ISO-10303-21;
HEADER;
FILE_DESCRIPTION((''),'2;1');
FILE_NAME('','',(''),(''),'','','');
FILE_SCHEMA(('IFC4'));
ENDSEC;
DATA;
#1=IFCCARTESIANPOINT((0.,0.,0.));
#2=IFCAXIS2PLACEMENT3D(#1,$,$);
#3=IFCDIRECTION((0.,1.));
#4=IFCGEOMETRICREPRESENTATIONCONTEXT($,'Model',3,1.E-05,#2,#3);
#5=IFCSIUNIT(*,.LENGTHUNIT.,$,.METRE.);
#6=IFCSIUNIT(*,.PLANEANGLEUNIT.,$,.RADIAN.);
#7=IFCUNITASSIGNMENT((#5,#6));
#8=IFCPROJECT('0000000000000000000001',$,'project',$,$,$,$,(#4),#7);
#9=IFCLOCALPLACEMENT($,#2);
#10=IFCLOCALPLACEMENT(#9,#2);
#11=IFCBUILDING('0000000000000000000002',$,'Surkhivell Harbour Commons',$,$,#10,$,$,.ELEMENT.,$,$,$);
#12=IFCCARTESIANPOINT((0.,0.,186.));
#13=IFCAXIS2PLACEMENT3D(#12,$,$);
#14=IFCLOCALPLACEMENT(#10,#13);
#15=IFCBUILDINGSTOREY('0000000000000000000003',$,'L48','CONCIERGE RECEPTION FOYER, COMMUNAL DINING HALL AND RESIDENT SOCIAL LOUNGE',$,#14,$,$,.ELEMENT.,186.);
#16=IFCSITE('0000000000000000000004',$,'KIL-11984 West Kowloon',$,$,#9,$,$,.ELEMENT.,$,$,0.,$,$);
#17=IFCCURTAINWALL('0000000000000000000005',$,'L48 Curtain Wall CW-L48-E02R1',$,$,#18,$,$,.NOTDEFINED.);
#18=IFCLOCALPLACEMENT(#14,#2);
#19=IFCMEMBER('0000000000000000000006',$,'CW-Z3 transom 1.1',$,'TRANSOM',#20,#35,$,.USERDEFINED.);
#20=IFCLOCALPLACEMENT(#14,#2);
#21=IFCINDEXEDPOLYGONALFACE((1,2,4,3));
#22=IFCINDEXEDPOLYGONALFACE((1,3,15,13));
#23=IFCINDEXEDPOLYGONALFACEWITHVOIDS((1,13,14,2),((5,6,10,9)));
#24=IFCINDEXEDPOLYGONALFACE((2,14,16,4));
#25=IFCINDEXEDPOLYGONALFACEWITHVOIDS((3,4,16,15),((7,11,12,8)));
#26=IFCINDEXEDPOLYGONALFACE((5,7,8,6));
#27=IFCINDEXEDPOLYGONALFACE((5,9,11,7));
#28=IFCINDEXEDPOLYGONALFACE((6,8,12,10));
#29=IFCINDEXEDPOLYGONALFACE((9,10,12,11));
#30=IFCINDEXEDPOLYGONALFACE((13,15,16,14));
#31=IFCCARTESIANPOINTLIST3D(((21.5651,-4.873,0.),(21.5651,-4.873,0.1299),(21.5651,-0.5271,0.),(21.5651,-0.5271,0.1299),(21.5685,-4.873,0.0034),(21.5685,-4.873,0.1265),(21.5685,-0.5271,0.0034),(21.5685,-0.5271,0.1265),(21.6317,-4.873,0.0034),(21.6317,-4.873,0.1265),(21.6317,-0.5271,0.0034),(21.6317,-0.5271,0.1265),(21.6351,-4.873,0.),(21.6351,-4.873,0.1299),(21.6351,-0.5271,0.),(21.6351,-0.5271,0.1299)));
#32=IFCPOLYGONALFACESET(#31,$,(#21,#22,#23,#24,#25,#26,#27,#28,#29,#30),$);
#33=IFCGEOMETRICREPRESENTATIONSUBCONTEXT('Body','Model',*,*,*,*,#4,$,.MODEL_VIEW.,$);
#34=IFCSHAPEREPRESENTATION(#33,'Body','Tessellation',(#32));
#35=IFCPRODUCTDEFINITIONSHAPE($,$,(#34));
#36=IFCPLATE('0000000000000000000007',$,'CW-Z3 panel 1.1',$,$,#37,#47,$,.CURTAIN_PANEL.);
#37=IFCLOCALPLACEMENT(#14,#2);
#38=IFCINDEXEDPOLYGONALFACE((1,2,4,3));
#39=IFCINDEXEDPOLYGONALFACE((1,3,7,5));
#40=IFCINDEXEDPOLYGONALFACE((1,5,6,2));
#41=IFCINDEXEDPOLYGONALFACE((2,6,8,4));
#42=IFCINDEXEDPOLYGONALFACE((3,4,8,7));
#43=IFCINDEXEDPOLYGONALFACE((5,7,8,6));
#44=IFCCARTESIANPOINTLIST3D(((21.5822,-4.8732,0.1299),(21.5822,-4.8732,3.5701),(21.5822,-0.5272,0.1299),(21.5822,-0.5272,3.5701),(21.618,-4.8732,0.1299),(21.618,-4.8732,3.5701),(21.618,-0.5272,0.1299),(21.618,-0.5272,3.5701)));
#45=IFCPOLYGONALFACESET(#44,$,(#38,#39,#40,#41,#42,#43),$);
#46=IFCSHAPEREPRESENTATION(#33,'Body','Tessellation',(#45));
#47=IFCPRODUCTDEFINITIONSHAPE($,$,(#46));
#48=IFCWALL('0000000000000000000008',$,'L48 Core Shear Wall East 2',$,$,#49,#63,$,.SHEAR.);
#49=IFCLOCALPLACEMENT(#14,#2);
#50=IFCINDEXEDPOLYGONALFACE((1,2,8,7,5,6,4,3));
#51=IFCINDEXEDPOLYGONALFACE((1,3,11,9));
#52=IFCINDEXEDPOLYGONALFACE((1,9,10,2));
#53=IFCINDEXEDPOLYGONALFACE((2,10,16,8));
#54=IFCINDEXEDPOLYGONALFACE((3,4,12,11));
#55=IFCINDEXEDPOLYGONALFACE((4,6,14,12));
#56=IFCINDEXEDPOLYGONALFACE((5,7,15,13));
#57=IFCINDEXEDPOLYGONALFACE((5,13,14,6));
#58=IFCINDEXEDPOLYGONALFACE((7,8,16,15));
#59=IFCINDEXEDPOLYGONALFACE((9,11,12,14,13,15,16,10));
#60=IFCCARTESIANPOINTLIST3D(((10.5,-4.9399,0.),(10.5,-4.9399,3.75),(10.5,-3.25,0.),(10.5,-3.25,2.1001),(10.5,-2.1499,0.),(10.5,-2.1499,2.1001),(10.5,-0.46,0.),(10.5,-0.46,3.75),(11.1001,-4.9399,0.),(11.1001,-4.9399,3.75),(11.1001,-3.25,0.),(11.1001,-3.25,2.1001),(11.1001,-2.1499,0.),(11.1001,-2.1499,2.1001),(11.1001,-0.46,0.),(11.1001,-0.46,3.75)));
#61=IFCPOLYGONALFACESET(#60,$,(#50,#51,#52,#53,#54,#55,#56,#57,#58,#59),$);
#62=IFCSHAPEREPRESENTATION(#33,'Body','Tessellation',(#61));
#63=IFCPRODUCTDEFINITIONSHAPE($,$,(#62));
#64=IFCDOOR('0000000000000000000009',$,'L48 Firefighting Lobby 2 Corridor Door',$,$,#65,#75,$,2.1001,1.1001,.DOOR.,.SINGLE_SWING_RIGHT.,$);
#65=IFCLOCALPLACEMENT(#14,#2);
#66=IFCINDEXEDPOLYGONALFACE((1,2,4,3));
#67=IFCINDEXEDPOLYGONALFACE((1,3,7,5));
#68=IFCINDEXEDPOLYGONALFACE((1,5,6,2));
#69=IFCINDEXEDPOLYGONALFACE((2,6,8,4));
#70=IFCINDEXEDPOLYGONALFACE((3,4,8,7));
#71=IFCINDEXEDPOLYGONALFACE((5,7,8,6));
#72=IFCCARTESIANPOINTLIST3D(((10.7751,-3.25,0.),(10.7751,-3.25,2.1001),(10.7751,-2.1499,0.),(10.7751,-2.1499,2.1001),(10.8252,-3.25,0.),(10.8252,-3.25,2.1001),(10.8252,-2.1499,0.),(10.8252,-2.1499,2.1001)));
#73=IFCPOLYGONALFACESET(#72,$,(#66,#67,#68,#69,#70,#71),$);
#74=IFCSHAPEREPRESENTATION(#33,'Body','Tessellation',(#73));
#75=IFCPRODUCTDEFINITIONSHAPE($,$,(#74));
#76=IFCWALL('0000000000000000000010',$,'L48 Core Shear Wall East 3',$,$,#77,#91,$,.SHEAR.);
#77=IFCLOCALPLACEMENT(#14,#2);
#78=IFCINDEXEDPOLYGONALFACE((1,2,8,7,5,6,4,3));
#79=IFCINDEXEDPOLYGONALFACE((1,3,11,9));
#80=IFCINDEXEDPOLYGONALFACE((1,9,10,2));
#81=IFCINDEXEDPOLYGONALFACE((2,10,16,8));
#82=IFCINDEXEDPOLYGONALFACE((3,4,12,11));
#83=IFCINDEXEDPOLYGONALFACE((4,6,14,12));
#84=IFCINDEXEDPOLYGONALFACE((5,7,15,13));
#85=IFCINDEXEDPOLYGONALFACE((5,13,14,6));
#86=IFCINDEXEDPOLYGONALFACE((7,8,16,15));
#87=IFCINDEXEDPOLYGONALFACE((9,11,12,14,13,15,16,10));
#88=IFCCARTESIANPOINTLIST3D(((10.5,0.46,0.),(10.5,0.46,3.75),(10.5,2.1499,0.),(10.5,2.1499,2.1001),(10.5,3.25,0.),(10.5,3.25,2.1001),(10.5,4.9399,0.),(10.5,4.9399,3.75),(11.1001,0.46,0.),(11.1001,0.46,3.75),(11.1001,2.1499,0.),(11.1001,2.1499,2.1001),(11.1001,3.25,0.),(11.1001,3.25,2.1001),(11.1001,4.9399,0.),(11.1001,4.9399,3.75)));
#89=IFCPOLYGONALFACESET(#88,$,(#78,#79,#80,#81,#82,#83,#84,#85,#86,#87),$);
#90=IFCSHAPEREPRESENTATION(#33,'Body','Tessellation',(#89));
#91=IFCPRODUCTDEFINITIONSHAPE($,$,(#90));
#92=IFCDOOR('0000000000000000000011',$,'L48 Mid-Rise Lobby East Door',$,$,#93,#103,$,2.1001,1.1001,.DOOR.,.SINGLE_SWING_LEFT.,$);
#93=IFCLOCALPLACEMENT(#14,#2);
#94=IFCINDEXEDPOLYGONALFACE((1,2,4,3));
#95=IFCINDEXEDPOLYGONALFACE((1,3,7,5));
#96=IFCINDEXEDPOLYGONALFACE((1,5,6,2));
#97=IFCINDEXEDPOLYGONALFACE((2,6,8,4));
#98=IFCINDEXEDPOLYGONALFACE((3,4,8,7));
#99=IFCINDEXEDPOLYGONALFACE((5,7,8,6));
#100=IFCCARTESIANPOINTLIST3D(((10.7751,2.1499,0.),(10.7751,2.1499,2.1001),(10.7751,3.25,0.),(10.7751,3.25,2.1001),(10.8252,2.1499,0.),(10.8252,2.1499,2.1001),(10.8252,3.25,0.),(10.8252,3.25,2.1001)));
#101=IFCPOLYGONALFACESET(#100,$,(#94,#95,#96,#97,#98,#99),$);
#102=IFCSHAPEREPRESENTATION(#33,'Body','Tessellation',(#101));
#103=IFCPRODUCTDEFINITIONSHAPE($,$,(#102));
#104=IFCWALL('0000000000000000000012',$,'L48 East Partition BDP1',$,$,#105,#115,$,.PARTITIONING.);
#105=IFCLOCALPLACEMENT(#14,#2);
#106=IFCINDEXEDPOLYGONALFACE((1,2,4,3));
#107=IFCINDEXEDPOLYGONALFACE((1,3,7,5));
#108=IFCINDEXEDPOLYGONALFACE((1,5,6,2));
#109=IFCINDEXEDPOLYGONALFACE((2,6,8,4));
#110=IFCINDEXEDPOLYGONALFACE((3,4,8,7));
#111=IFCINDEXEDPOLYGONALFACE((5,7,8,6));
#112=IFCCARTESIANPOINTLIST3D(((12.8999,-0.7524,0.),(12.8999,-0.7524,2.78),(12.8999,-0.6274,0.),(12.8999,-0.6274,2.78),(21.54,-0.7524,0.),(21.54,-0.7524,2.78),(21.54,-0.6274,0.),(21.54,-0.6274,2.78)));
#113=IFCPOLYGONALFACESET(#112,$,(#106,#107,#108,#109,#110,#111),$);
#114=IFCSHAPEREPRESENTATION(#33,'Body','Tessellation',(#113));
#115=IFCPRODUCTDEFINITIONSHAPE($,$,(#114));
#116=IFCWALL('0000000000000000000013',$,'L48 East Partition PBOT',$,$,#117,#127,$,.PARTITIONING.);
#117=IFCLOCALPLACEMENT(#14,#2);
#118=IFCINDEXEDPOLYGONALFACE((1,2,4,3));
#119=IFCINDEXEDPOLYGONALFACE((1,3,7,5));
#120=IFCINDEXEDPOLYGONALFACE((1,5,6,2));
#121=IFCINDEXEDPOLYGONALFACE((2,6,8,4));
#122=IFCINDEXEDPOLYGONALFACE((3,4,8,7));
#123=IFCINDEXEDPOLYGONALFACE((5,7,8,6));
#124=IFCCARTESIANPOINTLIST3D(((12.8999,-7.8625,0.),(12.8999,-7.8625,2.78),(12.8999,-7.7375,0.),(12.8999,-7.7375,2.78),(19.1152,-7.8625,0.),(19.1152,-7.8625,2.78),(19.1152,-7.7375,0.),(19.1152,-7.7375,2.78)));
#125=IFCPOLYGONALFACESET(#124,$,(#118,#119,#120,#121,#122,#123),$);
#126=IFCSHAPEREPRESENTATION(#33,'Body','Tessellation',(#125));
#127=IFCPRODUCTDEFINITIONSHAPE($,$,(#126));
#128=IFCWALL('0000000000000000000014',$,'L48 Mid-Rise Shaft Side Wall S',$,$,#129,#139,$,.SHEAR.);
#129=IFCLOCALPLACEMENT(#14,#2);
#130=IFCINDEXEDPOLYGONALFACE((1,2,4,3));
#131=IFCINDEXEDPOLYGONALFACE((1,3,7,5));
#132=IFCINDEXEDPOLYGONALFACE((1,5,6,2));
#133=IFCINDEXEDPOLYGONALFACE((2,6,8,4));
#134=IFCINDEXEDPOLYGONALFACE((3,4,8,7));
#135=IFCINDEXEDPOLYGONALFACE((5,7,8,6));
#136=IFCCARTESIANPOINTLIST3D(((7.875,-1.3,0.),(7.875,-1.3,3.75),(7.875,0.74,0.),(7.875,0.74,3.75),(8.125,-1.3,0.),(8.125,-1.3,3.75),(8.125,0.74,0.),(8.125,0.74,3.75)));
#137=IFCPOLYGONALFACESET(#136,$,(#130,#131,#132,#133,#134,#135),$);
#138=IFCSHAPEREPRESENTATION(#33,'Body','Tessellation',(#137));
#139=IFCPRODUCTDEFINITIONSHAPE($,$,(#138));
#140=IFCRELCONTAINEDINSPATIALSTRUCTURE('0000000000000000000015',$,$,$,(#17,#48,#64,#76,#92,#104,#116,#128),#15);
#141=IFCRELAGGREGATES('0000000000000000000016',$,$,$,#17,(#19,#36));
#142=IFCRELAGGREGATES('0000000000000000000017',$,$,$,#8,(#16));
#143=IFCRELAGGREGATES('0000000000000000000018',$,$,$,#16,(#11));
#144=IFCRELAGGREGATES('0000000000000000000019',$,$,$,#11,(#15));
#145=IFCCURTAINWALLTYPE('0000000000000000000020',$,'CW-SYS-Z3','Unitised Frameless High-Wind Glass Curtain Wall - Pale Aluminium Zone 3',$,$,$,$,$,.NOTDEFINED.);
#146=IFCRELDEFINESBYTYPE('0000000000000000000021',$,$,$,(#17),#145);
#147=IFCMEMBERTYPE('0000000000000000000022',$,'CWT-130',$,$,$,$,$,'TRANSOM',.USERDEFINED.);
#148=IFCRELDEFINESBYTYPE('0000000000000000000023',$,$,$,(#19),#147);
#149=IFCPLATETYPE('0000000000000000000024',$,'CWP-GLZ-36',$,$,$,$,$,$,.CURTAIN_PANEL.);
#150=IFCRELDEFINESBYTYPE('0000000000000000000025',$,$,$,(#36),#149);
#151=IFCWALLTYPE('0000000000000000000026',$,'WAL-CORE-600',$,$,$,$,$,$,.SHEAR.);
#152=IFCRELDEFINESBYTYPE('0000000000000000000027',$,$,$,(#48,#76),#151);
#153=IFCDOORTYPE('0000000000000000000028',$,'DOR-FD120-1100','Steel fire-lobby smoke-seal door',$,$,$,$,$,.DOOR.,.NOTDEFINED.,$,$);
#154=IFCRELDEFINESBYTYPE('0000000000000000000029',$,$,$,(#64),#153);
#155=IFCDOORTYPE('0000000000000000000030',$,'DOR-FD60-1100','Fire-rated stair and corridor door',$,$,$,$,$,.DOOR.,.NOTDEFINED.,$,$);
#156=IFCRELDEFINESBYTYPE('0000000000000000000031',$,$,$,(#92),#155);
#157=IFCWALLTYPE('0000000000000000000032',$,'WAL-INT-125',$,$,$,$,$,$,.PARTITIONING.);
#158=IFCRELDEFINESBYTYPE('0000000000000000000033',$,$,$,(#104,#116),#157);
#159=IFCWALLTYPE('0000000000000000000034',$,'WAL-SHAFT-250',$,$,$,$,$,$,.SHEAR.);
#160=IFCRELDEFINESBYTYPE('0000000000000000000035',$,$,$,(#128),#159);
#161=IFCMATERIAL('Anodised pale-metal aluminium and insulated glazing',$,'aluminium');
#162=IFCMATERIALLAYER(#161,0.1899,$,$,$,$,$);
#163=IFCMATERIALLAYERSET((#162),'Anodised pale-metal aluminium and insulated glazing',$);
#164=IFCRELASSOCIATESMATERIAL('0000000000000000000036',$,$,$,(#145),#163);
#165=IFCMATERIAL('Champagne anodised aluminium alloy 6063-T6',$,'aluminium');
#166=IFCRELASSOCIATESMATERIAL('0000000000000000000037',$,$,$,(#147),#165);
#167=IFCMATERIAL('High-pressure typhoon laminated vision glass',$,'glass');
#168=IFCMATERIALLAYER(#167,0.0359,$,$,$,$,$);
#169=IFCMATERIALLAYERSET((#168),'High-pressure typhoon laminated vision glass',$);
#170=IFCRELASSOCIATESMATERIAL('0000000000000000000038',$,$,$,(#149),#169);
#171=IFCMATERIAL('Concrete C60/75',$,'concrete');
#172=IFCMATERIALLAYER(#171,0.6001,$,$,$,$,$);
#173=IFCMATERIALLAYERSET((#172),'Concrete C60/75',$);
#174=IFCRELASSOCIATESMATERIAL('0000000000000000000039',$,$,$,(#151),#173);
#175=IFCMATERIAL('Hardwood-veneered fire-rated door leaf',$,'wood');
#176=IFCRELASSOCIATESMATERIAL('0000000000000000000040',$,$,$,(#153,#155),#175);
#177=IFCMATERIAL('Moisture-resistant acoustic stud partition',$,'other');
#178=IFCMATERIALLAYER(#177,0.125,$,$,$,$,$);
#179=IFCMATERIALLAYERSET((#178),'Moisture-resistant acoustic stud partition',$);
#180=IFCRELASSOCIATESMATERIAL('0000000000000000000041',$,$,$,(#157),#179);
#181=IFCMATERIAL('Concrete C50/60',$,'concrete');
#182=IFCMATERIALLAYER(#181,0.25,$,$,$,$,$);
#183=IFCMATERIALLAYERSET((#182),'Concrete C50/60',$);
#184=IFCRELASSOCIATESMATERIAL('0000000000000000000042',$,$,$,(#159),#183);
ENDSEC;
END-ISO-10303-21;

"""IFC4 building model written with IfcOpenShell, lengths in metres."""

from ifc_helpers import new_model, si_unit, direction, frame, frame_2d, origin, origin_2d, place, context, subcontext, project, spatial, rectangle, hollow_rectangle, extrude, material, layer, layer_set, material_profile, profile_set, type_object, element, fill, aggregate, save


model = new_model("IFC4")

# Units and contexts
model_context = context("Model", 3, precision=1e-05, world=origin(), true_north=direction((0.0, 1.0)))
body_context = subcontext(model_context, "Body", "Model", "MODEL_VIEW")
ifc_project = project(units=[si_unit("LENGTHUNIT", "METRE"), si_unit("PLANEANGLEUNIT", "RADIAN")], contexts=[model_context])

# Site, building, storey
site_placement = place(None, origin())
site = spatial("IfcSite", under=ifc_project, at=site_placement, Name="KIL-11984 West Kowloon", CompositionType="ELEMENT", RefElevation=0.0)
building_placement = place(site_placement, origin())
building = spatial("IfcBuilding", under=site, at=building_placement, Name="Surkhivell Harbour Commons", CompositionType="ELEMENT")
storey_placement = place(building_placement, frame((0.0, 0.0, 186.0)))
storey = spatial("IfcBuildingStorey", under=building, at=storey_placement, Name="L48", Description="CONCIERGE RECEPTION FOYER, COMMUNAL DINING HALL AND RESIDENT SOCIAL LOUNGE", CompositionType="ELEMENT", Elevation=186.0)

# Shared definitions
ifc_material_1 = material(Name="Concrete C60/75", Category="concrete")

# Shared definitions
ifc_material_2 = material(Name="Anodised pale-metal aluminium and insulated glazing", Category="aluminium")
ifc_layer_1 = layer(ifc_material_2, 0.1899)
ifc_layer_set_1 = layer_set([ifc_layer_1], Name="Anodised pale-metal aluminium and insulated glazing")
curtain_wall_type = type_object("IfcCurtainWallType", Name="CW-SYS-Z3", Description="Unitised Frameless High-Wind Glass Curtain Wall - Pale Aluminium Zone 3", PredefinedType="NOTDEFINED", material=ifc_layer_set_1)

# Curtain wall, member, plate
curtain_wall_1_placement = place(storey_placement, origin())
curtain_wall_1 = element("IfcCurtainWall", 1, at=curtain_wall_1_placement, inside=storey, type_object=curtain_wall_type, Name="L48 Curtain Wall CW-L48-E02R1", PredefinedType="NOTDEFINED")
ifc_material_3 = material(Name="Champagne anodised aluminium alloy 6063-T6", Category="aluminium")
ifc_material_profile_1 = material_profile(ifc_material_3, hollow_rectangle(XDim=0.0701, YDim=0.1299, WallThickness=0.0034, at=origin_2d()), Name="ALU-TRAN-70x130")
ifc_profile_set_1 = profile_set([ifc_material_profile_1], Name="Champagne anodised aluminium alloy 6063-T6")
member_type_1 = type_object("IfcMemberType", Name="CWT-130", ElementType="TRANSOM", PredefinedType="USERDEFINED", material=ifc_profile_set_1)
member_1_placement = place(storey_placement, frame((21.6001, -4.873, 0.0649), z_axis=(0.0, 1.0, 0.0), x_axis=(-1.0, 0.0, 0.0)))
member_1 = element("IfcMember", 2, at=member_1_placement, type_object=member_type_1, Name="CW-Z3 transom 1.1", ObjectType="TRANSOM", PredefinedType="USERDEFINED", context=body_context, shape_type="SweptSolid", body=[
    extrude(hollow_rectangle(XDim=0.0701, YDim=0.1299, WallThickness=0.0034, at=origin_2d()), origin(), (0.0, 0.0, 1.0), 4.3459),
])
ifc_material_4 = material(Name="High-pressure typhoon laminated vision glass", Category="glass")
ifc_layer_2 = layer(ifc_material_4, 0.0359)
ifc_layer_set_2 = layer_set([ifc_layer_2], Name="High-pressure typhoon laminated vision glass")
plate_type = type_object("IfcPlateType", Name="CWP-GLZ-36", PredefinedType="CURTAIN_PANEL", material=ifc_layer_set_2)
plate_placement = place(storey_placement, frame((21.6001, -4.873, 0.1299), z_axis=(0.0, 0.0, 1.0), x_axis=(0.0, 1.0, 0.0)))
plate = element("IfcPlate", 3, at=plate_placement, type_object=plate_type, Name="CW-Z3 panel 1.1", PredefinedType="CURTAIN_PANEL", context=body_context, shape_type="SweptSolid", body=[
    extrude(rectangle(XDim=4.3459, YDim=0.0359, at=frame_2d((2.1729, 0.0))), origin(), (0.0, 0.0, 1.0), 3.4402),
])
aggregate(curtain_wall_1, [member_1, plate])

# Walls, openings, doors
ifc_layer_3 = layer(ifc_material_1, 0.6001)
ifc_layer_set_3 = layer_set([ifc_layer_3], Name="Concrete C60/75")
wall_type_1 = type_object("IfcWallType", Name="WAL-CORE-600", PredefinedType="SHEAR", material=ifc_layer_set_3)
wall_1_placement = place(storey_placement, frame((10.8, -4.9399, 0.0), z_axis=(0.0, 0.0, 1.0), x_axis=(0.0, 1.0, 0.0)))
wall_1 = element("IfcWall", 4, at=wall_1_placement, inside=storey, type_object=wall_type_1, Name="L48 Core Shear Wall East 2", PredefinedType="SHEAR", context=body_context, shape_type="SweptSolid", body=[
    extrude(rectangle(XDim=4.48, YDim=0.6001, at=frame_2d((2.24, 0.0))), origin(), (0.0, 0.0, 1.0), 3.75),
])
opening_1_placement = place(wall_1_placement, frame((1.6899, 0.0, 0.0)))
opening_1 = element("IfcOpeningElement", 5, at=opening_1_placement, cuts=wall_1, PredefinedType="OPENING", context=body_context, shape_type="SweptSolid", body=[
    extrude(rectangle(XDim=1.1001, YDim=2.1001, at=frame_2d((0.55, 1.05))), frame((0.0, 0.3101, 0.0), z_axis=(0.0, -1.0, 0.0), x_axis=(1.0, 0.0, 0.0)), (0.0, 0.0, 1.0), 0.6201),
])
ifc_material_5 = material(Name="Hardwood-veneered fire-rated door leaf", Category="wood")
door_type_1 = type_object("IfcDoorType", Name="DOR-FD120-1100", Description="Steel fire-lobby smoke-seal door", OperationType="NOTDEFINED", PredefinedType="DOOR", material=ifc_material_5)
door_1_placement = place(opening_1_placement, origin())
door_1 = element("IfcDoor", 6, at=door_1_placement, inside=storey, type_object=door_type_1, Name="L48 Firefighting Lobby 2 Corridor Door", OperationType="SINGLE_SWING_RIGHT", OverallHeight=2.1001, OverallWidth=1.1001, PredefinedType="DOOR", context=body_context, shape_type="SweptSolid", body=[
    extrude(rectangle(XDim=1.1001, YDim=2.1001, at=frame_2d((0.55, 1.05))), frame((0.0, 0.0249, 0.0), z_axis=(0.0, -1.0, 0.0), x_axis=(1.0, 0.0, 0.0)), (0.0, 0.0, 1.0), 0.05),
])
fill(opening_1, door_1)
wall_2_placement = place(storey_placement, frame((10.8, 0.46, 0.0), z_axis=(0.0, 0.0, 1.0), x_axis=(0.0, 1.0, 0.0)))
wall_2 = element("IfcWall", 7, at=wall_2_placement, inside=storey, type_object=wall_type_1, Name="L48 Core Shear Wall East 3", PredefinedType="SHEAR", context=body_context, shape_type="SweptSolid", body=[
    extrude(rectangle(XDim=4.48, YDim=0.6001, at=frame_2d((2.24, 0.0))), origin(), (0.0, 0.0, 1.0), 3.75),
])
opening_2_placement = place(wall_2_placement, frame((1.6899, 0.0, 0.0)))
opening_2 = element("IfcOpeningElement", 8, at=opening_2_placement, cuts=wall_2, PredefinedType="OPENING", context=body_context, shape_type="SweptSolid", body=[
    extrude(rectangle(XDim=1.1001, YDim=2.1001, at=frame_2d((0.55, 1.05))), frame((0.0, 0.3101, 0.0), z_axis=(0.0, -1.0, 0.0), x_axis=(1.0, 0.0, 0.0)), (0.0, 0.0, 1.0), 0.6201),
])
door_type_2 = type_object("IfcDoorType", Name="DOR-FD60-1100", Description="Fire-rated stair and corridor door", OperationType="NOTDEFINED", PredefinedType="DOOR", material=ifc_material_5)
door_2_placement = place(opening_2_placement, origin())
door_2 = element("IfcDoor", 9, at=door_2_placement, inside=storey, type_object=door_type_2, Name="L48 Mid-Rise Lobby East Door", OperationType="SINGLE_SWING_LEFT", OverallHeight=2.1001, OverallWidth=1.1001, PredefinedType="DOOR", context=body_context, shape_type="SweptSolid", body=[
    extrude(rectangle(XDim=1.1001, YDim=2.1001, at=frame_2d((0.55, 1.05))), frame((0.0, 0.0249, 0.0), z_axis=(0.0, -1.0, 0.0), x_axis=(1.0, 0.0, 0.0)), (0.0, 0.0, 1.0), 0.05),
])
fill(opening_2, door_2)

# Walls
ifc_material_6 = material(Name="Moisture-resistant acoustic stud partition", Category="other")
ifc_layer_4 = layer(ifc_material_6, 0.125)
ifc_layer_set_4 = layer_set([ifc_layer_4], Name="Moisture-resistant acoustic stud partition")
wall_type_2 = type_object("IfcWallType", Name="WAL-INT-125", PredefinedType="PARTITIONING", material=ifc_layer_set_4)
wall_3_placement = place(storey_placement, frame((12.8999, -0.6899, 0.0), z_axis=(0.0, 0.0, 1.0), x_axis=(1.0, 0.0, 0.0)))
element("IfcWall", 10, at=wall_3_placement, inside=storey, type_object=wall_type_2, Name="L48 East Partition BDP1", PredefinedType="PARTITIONING", context=body_context, shape_type="SweptSolid", body=[
    extrude(rectangle(XDim=8.6401, YDim=0.125, at=frame_2d((4.3201, 0.0))), origin(), (0.0, 0.0, 1.0), 2.78),
])
wall_4_placement = place(storey_placement, frame((12.8999, -7.8, 0.0), z_axis=(0.0, 0.0, 1.0), x_axis=(1.0, 0.0, 0.0)))
element("IfcWall", 11, at=wall_4_placement, inside=storey, type_object=wall_type_2, Name="L48 East Partition PBOT", PredefinedType="PARTITIONING", context=body_context, shape_type="SweptSolid", body=[
    extrude(rectangle(XDim=6.2153, YDim=0.125, at=frame_2d((3.1077, 0.0))), origin(), (0.0, 0.0, 1.0), 2.78),
])
ifc_material_7 = material(Name="Concrete C50/60", Category="concrete")
ifc_layer_5 = layer(ifc_material_7, 0.25)
ifc_layer_set_5 = layer_set([ifc_layer_5], Name="Concrete C50/60")
wall_type_3 = type_object("IfcWallType", Name="WAL-SHAFT-250", PredefinedType="SHEAR", material=ifc_layer_set_5)
wall_5_placement = place(storey_placement, frame((8.0, -1.3, 0.0), z_axis=(0.0, 0.0, 1.0), x_axis=(0.0, 1.0, 0.0)))
element("IfcWall", 12, at=wall_5_placement, inside=storey, type_object=wall_type_3, Name="L48 Mid-Rise Shaft Side Wall S", PredefinedType="SHEAR", context=body_context, shape_type="SweptSolid", body=[
    extrude(rectangle(XDim=2.04, YDim=0.25, at=frame_2d((1.02, 0.0))), origin(), (0.0, 0.0, 1.0), 3.75),
])

save(model, "model.ifc")
